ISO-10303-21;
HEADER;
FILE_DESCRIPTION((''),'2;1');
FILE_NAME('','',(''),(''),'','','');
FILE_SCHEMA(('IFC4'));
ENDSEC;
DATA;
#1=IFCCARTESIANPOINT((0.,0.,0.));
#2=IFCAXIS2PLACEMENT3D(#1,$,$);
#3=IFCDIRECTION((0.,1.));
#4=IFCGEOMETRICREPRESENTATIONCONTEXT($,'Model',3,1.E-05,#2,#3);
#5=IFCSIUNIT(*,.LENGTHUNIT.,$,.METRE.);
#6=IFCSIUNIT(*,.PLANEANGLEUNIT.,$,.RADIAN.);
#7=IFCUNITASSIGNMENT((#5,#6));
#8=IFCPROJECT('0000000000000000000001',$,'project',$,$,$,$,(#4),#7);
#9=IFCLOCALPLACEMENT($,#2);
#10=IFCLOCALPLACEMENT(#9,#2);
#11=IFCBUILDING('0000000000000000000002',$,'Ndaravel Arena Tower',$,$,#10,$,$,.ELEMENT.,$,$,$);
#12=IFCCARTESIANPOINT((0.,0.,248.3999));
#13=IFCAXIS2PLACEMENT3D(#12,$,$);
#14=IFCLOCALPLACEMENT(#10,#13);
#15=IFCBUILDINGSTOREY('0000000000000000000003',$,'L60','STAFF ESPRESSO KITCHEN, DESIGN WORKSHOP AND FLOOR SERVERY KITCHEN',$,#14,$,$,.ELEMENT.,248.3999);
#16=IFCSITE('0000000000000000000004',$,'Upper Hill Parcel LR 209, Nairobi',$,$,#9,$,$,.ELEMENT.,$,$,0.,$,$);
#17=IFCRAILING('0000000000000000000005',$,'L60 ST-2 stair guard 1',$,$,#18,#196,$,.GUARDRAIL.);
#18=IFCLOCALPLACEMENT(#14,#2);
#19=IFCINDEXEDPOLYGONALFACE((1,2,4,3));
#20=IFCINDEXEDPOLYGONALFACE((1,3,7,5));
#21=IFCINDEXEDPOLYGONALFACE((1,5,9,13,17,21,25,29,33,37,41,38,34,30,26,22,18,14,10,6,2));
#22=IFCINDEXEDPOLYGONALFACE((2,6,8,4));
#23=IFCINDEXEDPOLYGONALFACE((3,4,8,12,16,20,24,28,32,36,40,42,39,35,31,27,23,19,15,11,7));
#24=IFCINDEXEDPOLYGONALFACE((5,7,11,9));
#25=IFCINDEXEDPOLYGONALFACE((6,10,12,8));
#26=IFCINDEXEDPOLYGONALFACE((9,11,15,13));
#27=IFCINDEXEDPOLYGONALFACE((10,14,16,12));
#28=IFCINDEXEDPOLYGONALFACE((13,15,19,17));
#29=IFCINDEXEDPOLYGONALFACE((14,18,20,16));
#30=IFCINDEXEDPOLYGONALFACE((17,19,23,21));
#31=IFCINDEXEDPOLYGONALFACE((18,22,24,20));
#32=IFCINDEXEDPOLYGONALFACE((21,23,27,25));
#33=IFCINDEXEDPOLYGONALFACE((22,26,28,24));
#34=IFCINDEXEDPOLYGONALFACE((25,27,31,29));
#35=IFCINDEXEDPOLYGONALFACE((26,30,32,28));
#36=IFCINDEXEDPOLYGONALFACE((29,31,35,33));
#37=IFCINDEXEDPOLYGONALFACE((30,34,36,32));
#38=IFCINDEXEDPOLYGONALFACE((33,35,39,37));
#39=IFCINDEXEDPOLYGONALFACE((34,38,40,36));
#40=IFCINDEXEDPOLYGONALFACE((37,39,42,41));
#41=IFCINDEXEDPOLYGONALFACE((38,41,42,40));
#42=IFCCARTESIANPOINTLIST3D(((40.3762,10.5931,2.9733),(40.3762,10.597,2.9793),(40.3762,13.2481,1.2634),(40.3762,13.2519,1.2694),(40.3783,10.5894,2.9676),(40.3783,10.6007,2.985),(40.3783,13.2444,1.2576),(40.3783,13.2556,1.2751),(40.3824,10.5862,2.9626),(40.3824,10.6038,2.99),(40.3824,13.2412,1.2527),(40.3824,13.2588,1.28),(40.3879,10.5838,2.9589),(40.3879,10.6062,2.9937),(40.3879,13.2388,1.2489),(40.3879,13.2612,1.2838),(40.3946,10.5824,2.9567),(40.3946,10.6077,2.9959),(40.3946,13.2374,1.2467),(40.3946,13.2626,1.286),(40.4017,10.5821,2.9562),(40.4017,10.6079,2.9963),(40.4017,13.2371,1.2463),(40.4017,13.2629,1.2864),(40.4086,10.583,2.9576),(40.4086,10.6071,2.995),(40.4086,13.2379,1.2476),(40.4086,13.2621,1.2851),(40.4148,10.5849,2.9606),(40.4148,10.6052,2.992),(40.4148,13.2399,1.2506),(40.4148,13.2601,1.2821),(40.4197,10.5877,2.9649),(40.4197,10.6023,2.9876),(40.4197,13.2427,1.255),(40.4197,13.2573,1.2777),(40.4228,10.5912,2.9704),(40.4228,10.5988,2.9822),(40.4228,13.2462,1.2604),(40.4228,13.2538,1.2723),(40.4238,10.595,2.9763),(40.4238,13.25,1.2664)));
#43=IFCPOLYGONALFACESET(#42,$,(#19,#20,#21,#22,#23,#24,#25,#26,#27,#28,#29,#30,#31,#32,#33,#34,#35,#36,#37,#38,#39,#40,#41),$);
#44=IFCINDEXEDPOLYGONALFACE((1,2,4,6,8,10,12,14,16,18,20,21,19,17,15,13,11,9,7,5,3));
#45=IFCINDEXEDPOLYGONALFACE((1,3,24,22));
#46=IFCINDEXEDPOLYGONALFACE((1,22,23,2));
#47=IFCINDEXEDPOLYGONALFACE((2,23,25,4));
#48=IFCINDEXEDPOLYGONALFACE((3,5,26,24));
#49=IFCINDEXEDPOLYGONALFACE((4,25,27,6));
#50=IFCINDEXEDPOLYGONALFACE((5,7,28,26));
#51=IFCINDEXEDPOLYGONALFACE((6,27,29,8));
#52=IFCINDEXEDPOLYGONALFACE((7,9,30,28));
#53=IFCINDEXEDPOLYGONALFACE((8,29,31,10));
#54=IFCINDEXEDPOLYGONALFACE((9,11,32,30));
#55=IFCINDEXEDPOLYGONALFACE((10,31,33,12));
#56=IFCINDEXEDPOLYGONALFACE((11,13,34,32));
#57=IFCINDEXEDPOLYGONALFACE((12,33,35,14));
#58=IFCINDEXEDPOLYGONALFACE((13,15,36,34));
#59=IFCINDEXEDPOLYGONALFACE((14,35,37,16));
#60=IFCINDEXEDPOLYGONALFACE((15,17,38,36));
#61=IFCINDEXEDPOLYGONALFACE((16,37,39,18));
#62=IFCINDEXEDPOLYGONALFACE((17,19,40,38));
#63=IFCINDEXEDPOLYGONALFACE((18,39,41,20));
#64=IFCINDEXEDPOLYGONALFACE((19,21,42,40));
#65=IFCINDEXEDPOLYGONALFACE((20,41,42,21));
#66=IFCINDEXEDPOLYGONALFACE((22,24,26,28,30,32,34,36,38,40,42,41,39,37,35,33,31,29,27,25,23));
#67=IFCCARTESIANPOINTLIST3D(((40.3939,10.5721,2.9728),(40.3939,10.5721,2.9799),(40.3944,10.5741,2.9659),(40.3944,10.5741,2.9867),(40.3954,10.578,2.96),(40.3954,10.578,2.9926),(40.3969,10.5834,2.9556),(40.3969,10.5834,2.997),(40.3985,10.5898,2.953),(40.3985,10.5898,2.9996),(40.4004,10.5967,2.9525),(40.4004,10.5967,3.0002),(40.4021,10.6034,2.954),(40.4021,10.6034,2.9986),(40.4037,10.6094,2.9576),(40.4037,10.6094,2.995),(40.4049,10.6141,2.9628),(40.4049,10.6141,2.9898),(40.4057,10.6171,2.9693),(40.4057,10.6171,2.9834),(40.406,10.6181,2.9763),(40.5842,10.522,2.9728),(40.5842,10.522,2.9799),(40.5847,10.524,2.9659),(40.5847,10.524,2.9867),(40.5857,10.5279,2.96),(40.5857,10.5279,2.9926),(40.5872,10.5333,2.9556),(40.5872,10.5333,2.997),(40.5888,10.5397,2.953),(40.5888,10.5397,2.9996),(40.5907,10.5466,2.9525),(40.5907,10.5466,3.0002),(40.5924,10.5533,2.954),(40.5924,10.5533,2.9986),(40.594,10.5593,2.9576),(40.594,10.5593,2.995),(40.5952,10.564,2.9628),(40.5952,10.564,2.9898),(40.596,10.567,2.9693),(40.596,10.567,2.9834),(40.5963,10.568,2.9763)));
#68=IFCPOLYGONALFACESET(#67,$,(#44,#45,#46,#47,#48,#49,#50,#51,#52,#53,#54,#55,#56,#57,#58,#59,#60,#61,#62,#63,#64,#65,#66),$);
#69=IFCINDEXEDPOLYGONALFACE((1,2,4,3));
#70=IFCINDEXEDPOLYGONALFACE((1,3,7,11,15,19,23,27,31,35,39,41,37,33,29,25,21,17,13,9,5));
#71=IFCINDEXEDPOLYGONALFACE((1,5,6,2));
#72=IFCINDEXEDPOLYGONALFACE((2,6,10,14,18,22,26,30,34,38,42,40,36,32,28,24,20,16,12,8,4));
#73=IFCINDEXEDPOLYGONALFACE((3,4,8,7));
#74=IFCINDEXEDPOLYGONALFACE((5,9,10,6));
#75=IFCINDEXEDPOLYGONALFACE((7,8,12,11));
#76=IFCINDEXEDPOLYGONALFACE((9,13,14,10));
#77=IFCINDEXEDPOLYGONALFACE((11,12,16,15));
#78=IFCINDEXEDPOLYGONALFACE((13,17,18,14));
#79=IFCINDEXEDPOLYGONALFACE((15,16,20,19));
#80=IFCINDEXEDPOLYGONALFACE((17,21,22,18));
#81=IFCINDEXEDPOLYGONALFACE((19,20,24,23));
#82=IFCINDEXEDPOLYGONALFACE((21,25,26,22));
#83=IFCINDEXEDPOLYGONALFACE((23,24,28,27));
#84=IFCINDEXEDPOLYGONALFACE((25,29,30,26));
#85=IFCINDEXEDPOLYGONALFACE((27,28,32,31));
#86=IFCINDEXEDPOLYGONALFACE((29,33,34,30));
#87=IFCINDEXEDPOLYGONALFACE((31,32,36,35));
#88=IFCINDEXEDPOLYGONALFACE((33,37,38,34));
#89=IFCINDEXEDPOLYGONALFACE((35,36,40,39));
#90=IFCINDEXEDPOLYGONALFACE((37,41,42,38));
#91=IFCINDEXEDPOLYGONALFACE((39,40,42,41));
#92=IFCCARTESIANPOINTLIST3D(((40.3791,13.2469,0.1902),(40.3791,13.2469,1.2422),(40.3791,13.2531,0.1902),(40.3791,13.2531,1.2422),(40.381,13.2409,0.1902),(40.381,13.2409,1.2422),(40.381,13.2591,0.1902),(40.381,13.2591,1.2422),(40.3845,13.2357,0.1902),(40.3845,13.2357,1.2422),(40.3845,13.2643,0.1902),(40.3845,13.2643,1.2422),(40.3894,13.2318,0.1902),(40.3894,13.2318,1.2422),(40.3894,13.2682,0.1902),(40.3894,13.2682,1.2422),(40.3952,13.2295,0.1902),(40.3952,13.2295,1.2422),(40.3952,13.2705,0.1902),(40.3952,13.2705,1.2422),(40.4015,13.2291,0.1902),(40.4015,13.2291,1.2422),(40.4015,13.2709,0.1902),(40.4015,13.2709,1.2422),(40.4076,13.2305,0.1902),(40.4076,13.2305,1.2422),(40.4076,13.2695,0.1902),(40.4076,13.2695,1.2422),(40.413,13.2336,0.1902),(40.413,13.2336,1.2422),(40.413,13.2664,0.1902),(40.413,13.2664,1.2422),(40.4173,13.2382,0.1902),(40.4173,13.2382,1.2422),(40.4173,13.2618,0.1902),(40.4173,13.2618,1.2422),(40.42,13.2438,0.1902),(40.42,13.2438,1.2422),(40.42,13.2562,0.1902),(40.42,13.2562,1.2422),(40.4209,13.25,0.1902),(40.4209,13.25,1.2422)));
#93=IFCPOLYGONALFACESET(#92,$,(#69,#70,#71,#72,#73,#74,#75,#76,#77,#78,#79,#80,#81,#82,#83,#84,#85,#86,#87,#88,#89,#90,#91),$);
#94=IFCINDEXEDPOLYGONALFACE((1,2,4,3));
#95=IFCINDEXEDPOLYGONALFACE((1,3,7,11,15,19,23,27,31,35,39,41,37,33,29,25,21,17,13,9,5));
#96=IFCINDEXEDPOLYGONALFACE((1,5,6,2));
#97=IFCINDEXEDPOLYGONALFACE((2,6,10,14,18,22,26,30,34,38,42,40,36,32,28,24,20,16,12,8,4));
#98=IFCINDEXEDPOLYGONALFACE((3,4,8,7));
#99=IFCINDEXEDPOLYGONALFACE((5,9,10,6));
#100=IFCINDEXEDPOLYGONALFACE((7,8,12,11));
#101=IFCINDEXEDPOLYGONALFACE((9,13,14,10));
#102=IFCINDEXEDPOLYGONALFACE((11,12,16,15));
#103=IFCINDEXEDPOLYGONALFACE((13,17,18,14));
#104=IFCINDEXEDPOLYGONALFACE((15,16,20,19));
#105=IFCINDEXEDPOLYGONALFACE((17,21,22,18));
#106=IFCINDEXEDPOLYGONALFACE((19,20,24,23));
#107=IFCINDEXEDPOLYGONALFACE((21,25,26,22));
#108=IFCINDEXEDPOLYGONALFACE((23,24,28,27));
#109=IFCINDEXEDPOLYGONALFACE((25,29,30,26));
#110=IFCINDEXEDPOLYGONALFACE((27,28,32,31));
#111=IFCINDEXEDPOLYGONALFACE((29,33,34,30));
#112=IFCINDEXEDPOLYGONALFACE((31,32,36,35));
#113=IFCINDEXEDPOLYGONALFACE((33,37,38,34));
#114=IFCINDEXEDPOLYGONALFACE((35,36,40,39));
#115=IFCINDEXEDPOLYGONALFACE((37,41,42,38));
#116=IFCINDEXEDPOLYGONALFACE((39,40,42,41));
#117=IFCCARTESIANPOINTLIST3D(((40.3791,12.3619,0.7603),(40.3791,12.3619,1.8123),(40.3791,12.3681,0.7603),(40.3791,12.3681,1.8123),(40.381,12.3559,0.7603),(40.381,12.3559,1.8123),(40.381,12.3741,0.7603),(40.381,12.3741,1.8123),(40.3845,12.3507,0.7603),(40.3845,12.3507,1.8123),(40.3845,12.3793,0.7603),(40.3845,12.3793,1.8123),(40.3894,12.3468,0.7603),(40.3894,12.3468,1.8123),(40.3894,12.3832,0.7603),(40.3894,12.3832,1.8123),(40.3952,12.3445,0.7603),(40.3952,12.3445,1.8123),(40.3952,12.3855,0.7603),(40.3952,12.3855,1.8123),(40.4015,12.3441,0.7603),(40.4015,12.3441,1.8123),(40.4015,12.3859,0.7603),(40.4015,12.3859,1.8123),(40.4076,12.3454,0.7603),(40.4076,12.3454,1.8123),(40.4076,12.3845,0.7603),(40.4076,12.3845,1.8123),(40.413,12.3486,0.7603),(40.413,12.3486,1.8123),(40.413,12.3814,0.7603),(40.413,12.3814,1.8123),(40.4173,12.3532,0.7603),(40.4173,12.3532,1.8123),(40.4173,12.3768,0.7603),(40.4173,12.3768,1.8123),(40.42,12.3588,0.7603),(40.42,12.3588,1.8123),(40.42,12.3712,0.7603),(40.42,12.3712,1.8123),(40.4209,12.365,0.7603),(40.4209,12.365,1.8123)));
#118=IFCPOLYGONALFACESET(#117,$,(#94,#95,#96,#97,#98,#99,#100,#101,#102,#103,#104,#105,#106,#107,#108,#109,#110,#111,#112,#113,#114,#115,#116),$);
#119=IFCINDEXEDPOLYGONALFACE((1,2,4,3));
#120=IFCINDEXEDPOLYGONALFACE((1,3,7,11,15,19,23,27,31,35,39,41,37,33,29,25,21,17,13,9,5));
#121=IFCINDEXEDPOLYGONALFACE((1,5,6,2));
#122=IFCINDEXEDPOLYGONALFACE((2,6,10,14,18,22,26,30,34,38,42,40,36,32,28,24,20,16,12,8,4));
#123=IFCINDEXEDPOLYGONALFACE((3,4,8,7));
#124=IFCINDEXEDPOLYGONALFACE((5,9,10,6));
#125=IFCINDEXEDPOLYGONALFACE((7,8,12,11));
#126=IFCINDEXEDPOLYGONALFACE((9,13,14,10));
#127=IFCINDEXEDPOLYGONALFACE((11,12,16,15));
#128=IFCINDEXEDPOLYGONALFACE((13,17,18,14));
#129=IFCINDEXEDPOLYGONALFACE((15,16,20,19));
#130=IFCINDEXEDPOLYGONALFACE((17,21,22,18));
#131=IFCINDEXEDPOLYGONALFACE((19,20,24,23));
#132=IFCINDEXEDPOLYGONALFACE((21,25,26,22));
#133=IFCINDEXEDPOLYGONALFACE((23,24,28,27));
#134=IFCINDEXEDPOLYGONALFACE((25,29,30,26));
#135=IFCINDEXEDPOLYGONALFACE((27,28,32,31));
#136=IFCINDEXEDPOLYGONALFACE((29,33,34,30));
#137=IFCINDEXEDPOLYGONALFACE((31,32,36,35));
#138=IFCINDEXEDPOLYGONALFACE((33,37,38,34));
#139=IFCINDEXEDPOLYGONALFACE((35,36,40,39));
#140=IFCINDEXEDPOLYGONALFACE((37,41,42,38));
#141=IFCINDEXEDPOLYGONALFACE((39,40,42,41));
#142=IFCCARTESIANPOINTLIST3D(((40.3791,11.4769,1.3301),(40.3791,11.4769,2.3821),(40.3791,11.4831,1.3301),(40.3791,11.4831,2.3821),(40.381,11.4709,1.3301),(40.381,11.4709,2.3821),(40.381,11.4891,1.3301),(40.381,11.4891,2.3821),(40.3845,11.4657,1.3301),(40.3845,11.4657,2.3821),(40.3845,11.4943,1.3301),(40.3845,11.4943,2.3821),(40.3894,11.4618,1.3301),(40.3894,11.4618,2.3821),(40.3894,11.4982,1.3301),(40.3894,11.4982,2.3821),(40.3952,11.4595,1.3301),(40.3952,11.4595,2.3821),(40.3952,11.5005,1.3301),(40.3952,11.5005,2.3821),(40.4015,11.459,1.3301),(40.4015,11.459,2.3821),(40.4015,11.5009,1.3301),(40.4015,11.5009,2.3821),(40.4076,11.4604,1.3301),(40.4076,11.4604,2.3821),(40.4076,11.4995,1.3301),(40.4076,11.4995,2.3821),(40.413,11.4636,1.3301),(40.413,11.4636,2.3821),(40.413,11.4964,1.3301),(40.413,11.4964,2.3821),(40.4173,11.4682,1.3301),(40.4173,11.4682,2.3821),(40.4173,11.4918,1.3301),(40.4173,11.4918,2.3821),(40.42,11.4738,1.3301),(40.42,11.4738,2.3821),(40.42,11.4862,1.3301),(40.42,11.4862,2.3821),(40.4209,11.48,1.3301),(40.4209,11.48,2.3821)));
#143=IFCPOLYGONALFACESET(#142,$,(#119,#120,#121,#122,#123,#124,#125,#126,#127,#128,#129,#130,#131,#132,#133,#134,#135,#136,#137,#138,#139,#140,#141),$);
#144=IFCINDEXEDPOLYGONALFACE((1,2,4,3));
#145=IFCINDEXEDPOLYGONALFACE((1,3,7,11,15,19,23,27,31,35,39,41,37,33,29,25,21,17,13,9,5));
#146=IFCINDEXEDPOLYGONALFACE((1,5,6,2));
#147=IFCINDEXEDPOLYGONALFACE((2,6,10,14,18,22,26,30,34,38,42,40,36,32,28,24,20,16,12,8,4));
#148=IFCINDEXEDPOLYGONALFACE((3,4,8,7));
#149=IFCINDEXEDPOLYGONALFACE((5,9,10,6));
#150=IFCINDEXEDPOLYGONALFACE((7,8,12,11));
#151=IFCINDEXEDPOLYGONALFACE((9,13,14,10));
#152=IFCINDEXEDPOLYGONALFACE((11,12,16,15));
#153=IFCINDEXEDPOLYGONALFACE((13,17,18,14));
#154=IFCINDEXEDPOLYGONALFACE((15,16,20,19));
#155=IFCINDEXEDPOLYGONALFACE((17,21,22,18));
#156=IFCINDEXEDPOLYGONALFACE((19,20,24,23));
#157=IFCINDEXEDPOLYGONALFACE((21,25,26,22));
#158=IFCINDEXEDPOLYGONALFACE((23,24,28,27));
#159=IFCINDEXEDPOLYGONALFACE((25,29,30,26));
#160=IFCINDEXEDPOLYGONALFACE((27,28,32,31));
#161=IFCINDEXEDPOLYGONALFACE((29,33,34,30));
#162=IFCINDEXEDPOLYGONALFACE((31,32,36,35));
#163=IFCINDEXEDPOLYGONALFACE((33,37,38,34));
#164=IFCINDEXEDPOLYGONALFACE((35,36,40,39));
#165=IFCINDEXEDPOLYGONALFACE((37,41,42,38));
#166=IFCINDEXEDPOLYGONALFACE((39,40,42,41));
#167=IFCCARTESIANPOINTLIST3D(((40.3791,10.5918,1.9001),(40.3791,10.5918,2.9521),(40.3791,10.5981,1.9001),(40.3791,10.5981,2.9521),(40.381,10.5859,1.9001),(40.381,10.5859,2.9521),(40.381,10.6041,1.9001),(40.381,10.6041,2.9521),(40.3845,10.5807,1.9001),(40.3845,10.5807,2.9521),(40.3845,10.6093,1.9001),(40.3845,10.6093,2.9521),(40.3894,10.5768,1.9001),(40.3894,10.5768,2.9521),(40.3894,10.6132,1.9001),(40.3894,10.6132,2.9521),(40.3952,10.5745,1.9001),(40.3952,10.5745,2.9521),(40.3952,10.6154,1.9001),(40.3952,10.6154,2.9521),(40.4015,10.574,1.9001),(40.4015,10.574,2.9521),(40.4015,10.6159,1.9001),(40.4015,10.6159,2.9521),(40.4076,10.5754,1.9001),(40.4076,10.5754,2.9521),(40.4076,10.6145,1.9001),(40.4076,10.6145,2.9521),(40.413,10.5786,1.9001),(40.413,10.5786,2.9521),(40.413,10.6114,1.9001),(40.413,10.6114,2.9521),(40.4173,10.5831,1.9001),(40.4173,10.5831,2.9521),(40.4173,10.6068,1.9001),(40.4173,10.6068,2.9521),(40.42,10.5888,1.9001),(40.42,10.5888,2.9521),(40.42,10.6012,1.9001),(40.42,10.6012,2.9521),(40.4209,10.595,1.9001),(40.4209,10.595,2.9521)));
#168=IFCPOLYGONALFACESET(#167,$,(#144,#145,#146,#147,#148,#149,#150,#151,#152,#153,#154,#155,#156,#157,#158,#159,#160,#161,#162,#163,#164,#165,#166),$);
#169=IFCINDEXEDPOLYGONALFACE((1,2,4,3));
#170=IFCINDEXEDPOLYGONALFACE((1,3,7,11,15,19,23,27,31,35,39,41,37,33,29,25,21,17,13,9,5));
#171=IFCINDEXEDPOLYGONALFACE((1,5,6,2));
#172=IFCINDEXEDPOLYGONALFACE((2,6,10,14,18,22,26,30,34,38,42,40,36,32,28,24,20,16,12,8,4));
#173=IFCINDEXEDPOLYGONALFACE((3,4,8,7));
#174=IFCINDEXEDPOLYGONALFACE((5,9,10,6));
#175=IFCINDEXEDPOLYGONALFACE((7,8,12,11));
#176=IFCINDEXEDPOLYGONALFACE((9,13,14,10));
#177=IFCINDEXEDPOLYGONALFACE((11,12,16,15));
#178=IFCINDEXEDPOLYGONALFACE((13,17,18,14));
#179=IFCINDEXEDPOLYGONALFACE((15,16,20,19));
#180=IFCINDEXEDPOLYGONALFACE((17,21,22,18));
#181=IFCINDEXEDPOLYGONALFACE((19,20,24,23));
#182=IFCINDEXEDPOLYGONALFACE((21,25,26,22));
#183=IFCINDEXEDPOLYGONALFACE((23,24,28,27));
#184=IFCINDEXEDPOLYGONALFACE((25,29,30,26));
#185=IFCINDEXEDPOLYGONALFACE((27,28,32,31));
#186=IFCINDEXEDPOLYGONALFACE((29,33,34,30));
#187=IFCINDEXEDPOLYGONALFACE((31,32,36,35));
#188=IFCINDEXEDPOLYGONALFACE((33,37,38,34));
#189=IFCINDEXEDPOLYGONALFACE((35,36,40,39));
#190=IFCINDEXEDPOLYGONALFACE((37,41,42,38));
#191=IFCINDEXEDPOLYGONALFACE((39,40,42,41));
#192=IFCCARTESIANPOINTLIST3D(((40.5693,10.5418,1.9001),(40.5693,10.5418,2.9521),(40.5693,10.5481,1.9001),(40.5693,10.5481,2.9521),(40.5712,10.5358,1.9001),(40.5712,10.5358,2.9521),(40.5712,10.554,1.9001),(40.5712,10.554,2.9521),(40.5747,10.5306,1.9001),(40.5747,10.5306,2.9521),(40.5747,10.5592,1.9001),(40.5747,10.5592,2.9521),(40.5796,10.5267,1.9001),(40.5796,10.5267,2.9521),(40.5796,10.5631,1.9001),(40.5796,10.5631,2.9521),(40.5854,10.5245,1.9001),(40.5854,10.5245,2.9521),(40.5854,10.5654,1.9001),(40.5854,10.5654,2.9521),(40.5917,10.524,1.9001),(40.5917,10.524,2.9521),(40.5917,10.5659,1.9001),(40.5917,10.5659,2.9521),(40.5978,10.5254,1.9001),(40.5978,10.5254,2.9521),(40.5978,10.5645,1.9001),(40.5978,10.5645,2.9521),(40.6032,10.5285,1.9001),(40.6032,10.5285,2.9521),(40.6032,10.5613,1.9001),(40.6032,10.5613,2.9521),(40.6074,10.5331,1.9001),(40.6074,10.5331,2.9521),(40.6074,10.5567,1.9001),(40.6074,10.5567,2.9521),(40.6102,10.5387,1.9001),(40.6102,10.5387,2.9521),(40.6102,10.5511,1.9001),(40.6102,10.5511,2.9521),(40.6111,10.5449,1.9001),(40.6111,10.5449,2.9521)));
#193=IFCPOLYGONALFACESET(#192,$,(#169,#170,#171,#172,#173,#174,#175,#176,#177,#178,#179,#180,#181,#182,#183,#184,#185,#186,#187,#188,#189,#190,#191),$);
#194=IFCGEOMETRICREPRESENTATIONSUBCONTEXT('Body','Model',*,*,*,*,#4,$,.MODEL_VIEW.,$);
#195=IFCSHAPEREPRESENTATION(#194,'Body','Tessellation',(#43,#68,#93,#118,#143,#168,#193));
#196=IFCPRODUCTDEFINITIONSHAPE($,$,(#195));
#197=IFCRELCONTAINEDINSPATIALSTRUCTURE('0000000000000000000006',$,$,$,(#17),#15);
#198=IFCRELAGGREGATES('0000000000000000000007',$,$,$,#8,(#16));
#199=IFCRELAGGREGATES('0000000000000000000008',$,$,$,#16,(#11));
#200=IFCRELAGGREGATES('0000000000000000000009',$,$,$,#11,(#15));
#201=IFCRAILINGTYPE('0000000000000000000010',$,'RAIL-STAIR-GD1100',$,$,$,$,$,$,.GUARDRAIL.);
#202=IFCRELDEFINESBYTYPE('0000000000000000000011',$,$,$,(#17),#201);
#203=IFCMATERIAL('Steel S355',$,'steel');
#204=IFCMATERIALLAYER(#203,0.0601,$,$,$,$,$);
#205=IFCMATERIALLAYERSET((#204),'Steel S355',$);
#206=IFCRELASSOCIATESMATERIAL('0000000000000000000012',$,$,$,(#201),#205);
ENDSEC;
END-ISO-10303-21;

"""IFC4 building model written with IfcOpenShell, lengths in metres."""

from ifc_helpers import new_model, si_unit, direction, frame, origin, origin_2d, place, context, subcontext, project, spatial, circle, extrude, material, layer, layer_set, type_object, element, save


model = new_model("IFC4")

# Units and contexts
model_context = context("Model", 3, precision=1e-05, world=origin(), true_north=direction((0.0, 1.0)))
body_context = subcontext(model_context, "Body", "Model", "MODEL_VIEW")
ifc_project = project(units=[si_unit("LENGTHUNIT", "METRE"), si_unit("PLANEANGLEUNIT", "RADIAN")], contexts=[model_context])

# Site, building, storey
site_placement = place(None, origin())
site = spatial("IfcSite", under=ifc_project, at=site_placement, Name="Upper Hill Parcel LR 209, Nairobi", CompositionType="ELEMENT", RefElevation=0.0)
building_placement = place(site_placement, origin())
building = spatial("IfcBuilding", under=site, at=building_placement, Name="Ndaravel Arena Tower", CompositionType="ELEMENT")
storey_placement = place(building_placement, frame((0.0, 0.0, 248.3999)))
storey = spatial("IfcBuildingStorey", under=building, at=storey_placement, Name="L60", Description="STAFF ESPRESSO KITCHEN, DESIGN WORKSHOP AND FLOOR SERVERY KITCHEN", CompositionType="ELEMENT", Elevation=248.3999)

# Railing
ifc_material_1 = material(Name="Steel S355", Category="steel")
ifc_layer_1 = layer(ifc_material_1, 0.0601)
ifc_layer_set_1 = layer_set([ifc_layer_1], Name="Steel S355")
railing_type_1 = type_object("IfcRailingType", Name="RAIL-STAIR-GD1100", PredefinedType="GUARDRAIL", material=ifc_layer_set_1)
railing_1_placement = place(storey_placement, frame((40.3999, 13.25, 0.1902)))
element("IfcRailing", 1, at=railing_1_placement, inside=storey, type_object=railing_type_1, Name="L60 ST-2 stair guard 1", PredefinedType="GUARDRAIL", context=body_context, shape_type="SweptSolid", body=[
    extrude(circle(Radius=0.0239, at=origin_2d()), frame((0.0, 0.0, 1.0762), z_axis=(0.0, -0.840724, 0.541465), x_axis=(1.0, 0.0, 0.0)), (0.0, 0.0, 1.0), 3.158),
    extrude(circle(Radius=0.0239, at=origin_2d()), frame((0.0, -2.655, 2.7861), z_axis=(0.967075, -0.254493, 0.0), x_axis=(0.254493, 0.967075, 0.0)), (0.0, 0.0, 1.0), 0.1968),
    extrude(circle(Radius=0.021, at=origin_2d()), origin(), (0.0, 0.0, 1.0), 1.052),
    extrude(circle(Radius=0.021, at=origin_2d()), frame((0.0, -0.885, 0.5701)), (0.0, 0.0, 1.0), 1.052),
    extrude(circle(Radius=0.021, at=origin_2d()), frame((0.0, -1.77, 1.1399)), (0.0, 0.0, 1.0), 1.052),
    extrude(circle(Radius=0.021, at=origin_2d()), frame((0.0, -2.655, 1.71)), (0.0, 0.0, 1.0), 1.052),
    extrude(circle(Radius=0.021, at=origin_2d()), frame((0.1902, -2.7051, 1.71)), (0.0, 0.0, 1.0), 1.052),
])

save(model, "model.ifc")
